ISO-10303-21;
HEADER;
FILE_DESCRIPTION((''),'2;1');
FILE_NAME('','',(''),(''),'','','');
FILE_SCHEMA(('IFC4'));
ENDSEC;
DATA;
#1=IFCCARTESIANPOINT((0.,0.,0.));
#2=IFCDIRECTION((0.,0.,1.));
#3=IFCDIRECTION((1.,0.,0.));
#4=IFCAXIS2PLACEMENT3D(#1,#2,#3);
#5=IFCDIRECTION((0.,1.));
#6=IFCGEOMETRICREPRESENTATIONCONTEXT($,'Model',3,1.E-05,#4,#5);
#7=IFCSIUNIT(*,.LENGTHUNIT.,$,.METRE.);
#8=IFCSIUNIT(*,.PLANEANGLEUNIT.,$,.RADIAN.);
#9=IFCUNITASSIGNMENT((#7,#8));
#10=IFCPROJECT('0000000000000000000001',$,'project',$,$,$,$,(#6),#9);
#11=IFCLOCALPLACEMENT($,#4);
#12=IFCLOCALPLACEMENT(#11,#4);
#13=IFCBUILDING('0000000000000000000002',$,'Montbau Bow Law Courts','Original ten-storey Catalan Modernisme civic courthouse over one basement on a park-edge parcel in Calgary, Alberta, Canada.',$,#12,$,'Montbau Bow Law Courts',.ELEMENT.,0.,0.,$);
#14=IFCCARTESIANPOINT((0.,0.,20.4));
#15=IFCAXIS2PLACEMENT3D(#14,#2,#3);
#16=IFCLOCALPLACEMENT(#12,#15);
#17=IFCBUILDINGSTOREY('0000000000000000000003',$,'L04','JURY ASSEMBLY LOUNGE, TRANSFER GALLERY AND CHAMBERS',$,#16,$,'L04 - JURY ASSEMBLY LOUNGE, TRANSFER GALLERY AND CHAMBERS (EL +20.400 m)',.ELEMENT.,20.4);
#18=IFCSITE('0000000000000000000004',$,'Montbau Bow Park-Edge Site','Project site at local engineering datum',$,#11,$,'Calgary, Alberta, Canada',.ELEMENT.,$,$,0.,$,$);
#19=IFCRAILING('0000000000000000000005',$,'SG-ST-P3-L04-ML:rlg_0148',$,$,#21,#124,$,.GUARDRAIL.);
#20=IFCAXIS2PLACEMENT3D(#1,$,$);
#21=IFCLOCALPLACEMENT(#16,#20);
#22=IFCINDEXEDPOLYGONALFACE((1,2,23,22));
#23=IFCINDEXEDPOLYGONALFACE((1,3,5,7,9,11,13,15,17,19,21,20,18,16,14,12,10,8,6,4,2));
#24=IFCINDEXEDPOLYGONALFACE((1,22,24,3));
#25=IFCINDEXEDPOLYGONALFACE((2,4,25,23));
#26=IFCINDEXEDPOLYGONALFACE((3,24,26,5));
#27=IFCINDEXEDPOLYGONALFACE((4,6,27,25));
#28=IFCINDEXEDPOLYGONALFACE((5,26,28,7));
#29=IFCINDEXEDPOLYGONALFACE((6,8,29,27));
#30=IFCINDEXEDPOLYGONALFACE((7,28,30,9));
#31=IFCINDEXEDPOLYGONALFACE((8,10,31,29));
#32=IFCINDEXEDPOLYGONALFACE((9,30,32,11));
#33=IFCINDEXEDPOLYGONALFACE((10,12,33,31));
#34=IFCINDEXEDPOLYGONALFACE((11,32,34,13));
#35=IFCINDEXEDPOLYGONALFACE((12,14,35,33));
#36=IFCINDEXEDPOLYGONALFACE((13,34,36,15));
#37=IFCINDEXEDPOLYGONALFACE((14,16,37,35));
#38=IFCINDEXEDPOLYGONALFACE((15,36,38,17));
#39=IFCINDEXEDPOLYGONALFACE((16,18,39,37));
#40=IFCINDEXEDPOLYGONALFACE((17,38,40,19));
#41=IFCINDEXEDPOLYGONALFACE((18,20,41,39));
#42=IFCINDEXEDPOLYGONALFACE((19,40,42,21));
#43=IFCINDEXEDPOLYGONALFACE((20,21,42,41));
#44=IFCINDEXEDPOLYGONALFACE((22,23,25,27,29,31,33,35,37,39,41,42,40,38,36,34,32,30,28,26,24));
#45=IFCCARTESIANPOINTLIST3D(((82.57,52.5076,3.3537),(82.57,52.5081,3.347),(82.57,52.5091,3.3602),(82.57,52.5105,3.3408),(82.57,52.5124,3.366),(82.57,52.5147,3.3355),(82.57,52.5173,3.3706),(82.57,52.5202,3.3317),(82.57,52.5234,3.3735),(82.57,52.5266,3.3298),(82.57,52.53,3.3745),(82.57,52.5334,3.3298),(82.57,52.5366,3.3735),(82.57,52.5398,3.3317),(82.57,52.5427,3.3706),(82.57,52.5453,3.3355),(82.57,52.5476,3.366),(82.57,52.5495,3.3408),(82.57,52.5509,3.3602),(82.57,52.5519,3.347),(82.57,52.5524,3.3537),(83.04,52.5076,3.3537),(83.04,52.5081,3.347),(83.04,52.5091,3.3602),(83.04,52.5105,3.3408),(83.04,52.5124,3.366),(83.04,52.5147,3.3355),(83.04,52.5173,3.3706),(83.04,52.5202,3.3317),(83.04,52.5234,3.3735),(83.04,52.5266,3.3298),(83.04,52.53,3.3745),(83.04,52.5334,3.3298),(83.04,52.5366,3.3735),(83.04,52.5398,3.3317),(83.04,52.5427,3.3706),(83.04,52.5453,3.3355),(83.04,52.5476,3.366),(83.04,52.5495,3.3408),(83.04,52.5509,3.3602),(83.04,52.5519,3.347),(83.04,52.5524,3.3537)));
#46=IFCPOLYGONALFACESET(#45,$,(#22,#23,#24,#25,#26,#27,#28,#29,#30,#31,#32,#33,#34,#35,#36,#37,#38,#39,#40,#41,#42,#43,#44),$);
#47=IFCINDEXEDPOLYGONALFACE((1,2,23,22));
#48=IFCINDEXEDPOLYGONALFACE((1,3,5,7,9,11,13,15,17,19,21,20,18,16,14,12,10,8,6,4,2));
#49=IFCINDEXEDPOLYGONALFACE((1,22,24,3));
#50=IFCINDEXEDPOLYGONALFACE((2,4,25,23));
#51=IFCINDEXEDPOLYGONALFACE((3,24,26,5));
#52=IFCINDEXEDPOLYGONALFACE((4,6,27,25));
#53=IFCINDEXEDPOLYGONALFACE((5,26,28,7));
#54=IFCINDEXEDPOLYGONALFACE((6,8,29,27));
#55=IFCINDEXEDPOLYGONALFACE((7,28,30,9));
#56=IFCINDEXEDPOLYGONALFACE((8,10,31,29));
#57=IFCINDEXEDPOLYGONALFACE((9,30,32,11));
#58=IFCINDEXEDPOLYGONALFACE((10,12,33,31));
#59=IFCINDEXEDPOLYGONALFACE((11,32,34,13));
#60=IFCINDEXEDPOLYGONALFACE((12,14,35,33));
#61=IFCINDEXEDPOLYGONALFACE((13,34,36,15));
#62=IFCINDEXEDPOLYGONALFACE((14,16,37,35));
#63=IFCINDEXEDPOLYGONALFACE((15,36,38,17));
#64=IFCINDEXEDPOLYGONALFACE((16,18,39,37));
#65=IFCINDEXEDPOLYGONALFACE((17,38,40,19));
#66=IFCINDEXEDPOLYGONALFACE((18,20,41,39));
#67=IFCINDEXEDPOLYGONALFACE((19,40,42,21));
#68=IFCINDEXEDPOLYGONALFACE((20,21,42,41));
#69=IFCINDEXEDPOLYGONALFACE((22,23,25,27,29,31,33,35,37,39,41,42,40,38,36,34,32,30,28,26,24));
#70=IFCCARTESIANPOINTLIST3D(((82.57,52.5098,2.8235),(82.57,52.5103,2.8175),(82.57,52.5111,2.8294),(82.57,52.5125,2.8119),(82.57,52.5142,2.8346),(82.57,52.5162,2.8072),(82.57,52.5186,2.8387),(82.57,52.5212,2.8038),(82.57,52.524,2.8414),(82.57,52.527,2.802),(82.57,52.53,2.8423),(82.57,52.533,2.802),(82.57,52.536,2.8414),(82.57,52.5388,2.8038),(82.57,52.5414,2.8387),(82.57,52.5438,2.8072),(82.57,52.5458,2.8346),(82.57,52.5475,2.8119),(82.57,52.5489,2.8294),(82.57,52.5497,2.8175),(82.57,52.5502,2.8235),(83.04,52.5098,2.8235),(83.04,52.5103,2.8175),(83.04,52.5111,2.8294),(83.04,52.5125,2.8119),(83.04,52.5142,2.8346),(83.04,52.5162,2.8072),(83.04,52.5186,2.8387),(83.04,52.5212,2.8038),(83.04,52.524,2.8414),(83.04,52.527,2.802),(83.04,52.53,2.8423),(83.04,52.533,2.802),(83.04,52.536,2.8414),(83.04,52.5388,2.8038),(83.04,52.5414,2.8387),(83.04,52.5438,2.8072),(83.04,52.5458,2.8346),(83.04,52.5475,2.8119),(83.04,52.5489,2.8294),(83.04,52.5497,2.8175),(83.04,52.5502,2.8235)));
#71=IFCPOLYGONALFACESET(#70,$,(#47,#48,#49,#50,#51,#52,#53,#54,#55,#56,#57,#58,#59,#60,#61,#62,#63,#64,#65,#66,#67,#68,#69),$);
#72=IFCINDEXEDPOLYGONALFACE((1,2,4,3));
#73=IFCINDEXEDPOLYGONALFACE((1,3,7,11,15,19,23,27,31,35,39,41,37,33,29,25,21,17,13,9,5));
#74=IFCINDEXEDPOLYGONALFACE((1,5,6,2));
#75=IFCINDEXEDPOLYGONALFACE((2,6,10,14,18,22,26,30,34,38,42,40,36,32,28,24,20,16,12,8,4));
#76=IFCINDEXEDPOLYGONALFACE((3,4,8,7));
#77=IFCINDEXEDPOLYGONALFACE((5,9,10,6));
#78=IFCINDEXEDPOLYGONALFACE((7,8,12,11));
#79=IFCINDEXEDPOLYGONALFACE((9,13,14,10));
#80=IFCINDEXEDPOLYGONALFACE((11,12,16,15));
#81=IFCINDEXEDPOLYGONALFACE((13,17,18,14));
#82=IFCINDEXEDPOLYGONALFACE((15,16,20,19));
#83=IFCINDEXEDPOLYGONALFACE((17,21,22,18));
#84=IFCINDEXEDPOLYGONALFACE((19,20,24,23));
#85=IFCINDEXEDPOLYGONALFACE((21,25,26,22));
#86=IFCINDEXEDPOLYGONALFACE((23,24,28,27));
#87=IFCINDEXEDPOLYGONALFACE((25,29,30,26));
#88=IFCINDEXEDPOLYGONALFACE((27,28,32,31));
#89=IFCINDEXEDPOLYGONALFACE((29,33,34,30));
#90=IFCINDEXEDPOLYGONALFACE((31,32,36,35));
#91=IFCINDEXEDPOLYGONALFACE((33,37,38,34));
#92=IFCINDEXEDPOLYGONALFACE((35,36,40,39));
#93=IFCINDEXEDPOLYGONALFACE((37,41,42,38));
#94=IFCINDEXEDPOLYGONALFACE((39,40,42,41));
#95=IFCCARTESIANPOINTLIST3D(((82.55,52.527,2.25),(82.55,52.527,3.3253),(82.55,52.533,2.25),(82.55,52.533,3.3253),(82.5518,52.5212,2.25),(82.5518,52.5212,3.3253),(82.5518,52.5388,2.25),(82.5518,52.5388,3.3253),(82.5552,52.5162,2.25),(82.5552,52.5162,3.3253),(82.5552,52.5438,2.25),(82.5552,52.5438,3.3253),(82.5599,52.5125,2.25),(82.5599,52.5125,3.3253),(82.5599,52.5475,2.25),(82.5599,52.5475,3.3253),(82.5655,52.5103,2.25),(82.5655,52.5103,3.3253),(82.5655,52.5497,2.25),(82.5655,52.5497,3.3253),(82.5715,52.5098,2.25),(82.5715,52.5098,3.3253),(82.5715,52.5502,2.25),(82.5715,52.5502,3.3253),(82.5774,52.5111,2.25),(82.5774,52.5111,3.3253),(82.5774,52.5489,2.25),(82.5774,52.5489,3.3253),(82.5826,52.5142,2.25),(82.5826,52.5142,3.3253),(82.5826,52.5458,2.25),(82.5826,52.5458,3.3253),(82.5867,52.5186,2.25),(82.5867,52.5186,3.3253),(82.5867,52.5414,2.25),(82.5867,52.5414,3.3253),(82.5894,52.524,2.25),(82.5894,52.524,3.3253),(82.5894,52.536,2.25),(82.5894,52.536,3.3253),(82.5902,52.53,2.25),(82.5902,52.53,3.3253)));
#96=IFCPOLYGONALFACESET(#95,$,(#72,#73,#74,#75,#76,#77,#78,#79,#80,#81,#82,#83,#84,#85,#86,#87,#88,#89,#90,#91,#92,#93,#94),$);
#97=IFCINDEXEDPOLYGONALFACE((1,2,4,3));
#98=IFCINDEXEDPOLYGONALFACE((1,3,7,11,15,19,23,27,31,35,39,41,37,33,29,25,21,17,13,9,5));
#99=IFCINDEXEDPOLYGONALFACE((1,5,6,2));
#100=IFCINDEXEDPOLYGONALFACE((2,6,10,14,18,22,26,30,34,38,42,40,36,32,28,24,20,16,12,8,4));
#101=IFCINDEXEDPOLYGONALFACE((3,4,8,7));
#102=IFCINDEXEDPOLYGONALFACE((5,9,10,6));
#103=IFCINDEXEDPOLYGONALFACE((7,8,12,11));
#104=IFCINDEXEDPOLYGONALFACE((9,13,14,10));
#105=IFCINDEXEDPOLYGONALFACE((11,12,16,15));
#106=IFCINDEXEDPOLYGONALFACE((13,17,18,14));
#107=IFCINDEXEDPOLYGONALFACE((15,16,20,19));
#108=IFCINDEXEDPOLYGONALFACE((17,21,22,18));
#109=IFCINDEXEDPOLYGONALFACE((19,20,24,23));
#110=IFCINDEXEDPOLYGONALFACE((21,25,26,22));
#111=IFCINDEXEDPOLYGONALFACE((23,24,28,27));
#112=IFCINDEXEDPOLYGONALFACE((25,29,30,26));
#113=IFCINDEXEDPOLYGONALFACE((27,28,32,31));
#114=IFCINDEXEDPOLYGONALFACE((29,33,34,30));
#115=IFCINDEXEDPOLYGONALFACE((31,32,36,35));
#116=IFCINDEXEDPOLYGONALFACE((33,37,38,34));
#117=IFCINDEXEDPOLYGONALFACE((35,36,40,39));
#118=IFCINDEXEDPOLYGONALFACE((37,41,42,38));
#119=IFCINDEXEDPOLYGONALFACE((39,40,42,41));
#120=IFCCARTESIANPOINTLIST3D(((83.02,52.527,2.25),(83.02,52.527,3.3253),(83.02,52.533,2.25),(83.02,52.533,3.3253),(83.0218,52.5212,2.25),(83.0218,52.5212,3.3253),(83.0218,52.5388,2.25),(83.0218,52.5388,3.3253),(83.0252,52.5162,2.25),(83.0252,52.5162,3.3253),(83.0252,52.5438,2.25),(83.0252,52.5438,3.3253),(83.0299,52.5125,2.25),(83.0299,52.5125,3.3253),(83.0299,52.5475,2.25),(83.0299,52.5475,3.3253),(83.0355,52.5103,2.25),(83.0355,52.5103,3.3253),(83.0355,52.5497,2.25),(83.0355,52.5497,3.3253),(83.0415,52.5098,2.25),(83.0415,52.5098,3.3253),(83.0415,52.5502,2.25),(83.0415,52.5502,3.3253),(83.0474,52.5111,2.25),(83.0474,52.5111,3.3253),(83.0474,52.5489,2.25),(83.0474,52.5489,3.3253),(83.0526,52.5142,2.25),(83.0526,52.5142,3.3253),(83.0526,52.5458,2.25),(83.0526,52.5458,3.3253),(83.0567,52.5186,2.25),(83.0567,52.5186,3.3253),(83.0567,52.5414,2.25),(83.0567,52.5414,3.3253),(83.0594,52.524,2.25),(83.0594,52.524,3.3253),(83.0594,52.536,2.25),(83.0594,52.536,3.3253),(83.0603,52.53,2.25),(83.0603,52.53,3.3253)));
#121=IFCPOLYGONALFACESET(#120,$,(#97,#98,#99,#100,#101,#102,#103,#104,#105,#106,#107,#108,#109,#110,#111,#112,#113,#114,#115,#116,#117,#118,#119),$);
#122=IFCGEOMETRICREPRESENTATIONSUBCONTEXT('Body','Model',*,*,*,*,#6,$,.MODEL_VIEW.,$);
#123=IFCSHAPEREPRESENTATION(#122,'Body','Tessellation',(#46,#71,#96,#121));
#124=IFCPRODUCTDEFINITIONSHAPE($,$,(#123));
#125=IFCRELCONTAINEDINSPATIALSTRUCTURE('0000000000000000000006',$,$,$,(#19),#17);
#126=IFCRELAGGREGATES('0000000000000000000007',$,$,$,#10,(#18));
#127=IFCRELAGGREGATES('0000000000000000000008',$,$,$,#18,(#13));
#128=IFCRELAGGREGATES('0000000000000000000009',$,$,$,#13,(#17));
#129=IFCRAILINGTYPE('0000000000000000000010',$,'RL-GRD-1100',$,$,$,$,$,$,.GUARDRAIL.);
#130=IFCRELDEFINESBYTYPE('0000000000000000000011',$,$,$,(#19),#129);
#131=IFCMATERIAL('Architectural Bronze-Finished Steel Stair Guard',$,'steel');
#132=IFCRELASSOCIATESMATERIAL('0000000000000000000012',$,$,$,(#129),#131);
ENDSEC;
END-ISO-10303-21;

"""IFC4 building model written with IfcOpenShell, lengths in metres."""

from ifc_helpers import new_model, si_unit, direction, frame, origin_with_axes, origin_2d_with_axis, place, context, subcontext, project, spatial, circle, extrude, material, type_object, element, save


model = new_model("IFC4")

# Units and contexts
model_context = context("Model", 3, precision=1e-05, world=origin_with_axes(), true_north=direction((0.0, 1.0)))
body_context = subcontext(model_context, "Body", "Model", "MODEL_VIEW")
ifc_project = project(units=[si_unit("LENGTHUNIT", "METRE"), si_unit("PLANEANGLEUNIT", "RADIAN")], contexts=[model_context])

# Site, building, storey
site_placement = place(None, origin_with_axes())
site = spatial("IfcSite", under=ifc_project, at=site_placement, Name="Montbau Bow Park-Edge Site", Description="Project site at local engineering datum", LongName="Calgary, Alberta, Canada", CompositionType="ELEMENT", RefElevation=0.0)
building_placement = place(site_placement, origin_with_axes())
building = spatial("IfcBuilding", under=site, at=building_placement, Name="Montbau Bow Law Courts", Description="Original ten-storey Catalan Modernisme civic courthouse over one basement on a park-edge parcel in Calgary, Alberta, Canada.", LongName="Montbau Bow Law Courts", CompositionType="ELEMENT", ElevationOfRefHeight=0.0, ElevationOfTerrain=0.0)
storey_placement = place(building_placement, frame((0.0, 0.0, 20.4), z_axis=(0.0, 0.0, 1.0), x_axis=(1.0, 0.0, 0.0)))
storey = spatial("IfcBuildingStorey", under=building, at=storey_placement, Name="L04", Description="JURY ASSEMBLY LOUNGE, TRANSFER GALLERY AND CHAMBERS", LongName="L04 - JURY ASSEMBLY LOUNGE, TRANSFER GALLERY AND CHAMBERS (EL +20.400 m)", CompositionType="ELEMENT", Elevation=20.4)

# Railing
ifc_material_1 = material(Name="Architectural Bronze-Finished Steel Stair Guard", Category="steel")
railing_type_1 = type_object("IfcRailingType", Name="RL-GRD-1100", PredefinedType="GUARDRAIL", material=ifc_material_1)
railing_1_placement = place(None, origin_with_axes())
element("IfcRailing", 1, at=railing_1_placement, inside=storey, type_object=railing_type_1, Name="SG-ST-P3-L04-ML:rlg_0148", PredefinedType="GUARDRAIL", context=body_context, shape_type="SweptSolid", body=[
    extrude(circle(Radius=0.0225, at=origin_2d_with_axis()), frame((82.57, 52.53, 23.752), z_axis=(1.0, 0.0, 0.0), x_axis=(0.0, 0.0, 1.0)), (0.0, 0.0, 1.0), 0.47),
    extrude(circle(Radius=0.0203, at=origin_2d_with_axis()), frame((82.57, 52.53, 23.222), z_axis=(1.0, 0.0, 0.0), x_axis=(0.0, 0.0, 1.0)), (0.0, 0.0, 1.0), 0.47),
    extrude(circle(Radius=0.0203, at=origin_2d_with_axis()), frame((82.57, 52.53, 22.65), z_axis=(0.0, 0.0, 1.0), x_axis=(1.0, 0.0, 0.0)), (0.0, 0.0, 1.0), 1.0753),
    extrude(circle(Radius=0.0203, at=origin_2d_with_axis()), frame((83.04, 52.53, 22.65), z_axis=(0.0, 0.0, 1.0), x_axis=(1.0, 0.0, 0.0)), (0.0, 0.0, 1.0), 1.0753),
])

save(model, "model.ifc")
